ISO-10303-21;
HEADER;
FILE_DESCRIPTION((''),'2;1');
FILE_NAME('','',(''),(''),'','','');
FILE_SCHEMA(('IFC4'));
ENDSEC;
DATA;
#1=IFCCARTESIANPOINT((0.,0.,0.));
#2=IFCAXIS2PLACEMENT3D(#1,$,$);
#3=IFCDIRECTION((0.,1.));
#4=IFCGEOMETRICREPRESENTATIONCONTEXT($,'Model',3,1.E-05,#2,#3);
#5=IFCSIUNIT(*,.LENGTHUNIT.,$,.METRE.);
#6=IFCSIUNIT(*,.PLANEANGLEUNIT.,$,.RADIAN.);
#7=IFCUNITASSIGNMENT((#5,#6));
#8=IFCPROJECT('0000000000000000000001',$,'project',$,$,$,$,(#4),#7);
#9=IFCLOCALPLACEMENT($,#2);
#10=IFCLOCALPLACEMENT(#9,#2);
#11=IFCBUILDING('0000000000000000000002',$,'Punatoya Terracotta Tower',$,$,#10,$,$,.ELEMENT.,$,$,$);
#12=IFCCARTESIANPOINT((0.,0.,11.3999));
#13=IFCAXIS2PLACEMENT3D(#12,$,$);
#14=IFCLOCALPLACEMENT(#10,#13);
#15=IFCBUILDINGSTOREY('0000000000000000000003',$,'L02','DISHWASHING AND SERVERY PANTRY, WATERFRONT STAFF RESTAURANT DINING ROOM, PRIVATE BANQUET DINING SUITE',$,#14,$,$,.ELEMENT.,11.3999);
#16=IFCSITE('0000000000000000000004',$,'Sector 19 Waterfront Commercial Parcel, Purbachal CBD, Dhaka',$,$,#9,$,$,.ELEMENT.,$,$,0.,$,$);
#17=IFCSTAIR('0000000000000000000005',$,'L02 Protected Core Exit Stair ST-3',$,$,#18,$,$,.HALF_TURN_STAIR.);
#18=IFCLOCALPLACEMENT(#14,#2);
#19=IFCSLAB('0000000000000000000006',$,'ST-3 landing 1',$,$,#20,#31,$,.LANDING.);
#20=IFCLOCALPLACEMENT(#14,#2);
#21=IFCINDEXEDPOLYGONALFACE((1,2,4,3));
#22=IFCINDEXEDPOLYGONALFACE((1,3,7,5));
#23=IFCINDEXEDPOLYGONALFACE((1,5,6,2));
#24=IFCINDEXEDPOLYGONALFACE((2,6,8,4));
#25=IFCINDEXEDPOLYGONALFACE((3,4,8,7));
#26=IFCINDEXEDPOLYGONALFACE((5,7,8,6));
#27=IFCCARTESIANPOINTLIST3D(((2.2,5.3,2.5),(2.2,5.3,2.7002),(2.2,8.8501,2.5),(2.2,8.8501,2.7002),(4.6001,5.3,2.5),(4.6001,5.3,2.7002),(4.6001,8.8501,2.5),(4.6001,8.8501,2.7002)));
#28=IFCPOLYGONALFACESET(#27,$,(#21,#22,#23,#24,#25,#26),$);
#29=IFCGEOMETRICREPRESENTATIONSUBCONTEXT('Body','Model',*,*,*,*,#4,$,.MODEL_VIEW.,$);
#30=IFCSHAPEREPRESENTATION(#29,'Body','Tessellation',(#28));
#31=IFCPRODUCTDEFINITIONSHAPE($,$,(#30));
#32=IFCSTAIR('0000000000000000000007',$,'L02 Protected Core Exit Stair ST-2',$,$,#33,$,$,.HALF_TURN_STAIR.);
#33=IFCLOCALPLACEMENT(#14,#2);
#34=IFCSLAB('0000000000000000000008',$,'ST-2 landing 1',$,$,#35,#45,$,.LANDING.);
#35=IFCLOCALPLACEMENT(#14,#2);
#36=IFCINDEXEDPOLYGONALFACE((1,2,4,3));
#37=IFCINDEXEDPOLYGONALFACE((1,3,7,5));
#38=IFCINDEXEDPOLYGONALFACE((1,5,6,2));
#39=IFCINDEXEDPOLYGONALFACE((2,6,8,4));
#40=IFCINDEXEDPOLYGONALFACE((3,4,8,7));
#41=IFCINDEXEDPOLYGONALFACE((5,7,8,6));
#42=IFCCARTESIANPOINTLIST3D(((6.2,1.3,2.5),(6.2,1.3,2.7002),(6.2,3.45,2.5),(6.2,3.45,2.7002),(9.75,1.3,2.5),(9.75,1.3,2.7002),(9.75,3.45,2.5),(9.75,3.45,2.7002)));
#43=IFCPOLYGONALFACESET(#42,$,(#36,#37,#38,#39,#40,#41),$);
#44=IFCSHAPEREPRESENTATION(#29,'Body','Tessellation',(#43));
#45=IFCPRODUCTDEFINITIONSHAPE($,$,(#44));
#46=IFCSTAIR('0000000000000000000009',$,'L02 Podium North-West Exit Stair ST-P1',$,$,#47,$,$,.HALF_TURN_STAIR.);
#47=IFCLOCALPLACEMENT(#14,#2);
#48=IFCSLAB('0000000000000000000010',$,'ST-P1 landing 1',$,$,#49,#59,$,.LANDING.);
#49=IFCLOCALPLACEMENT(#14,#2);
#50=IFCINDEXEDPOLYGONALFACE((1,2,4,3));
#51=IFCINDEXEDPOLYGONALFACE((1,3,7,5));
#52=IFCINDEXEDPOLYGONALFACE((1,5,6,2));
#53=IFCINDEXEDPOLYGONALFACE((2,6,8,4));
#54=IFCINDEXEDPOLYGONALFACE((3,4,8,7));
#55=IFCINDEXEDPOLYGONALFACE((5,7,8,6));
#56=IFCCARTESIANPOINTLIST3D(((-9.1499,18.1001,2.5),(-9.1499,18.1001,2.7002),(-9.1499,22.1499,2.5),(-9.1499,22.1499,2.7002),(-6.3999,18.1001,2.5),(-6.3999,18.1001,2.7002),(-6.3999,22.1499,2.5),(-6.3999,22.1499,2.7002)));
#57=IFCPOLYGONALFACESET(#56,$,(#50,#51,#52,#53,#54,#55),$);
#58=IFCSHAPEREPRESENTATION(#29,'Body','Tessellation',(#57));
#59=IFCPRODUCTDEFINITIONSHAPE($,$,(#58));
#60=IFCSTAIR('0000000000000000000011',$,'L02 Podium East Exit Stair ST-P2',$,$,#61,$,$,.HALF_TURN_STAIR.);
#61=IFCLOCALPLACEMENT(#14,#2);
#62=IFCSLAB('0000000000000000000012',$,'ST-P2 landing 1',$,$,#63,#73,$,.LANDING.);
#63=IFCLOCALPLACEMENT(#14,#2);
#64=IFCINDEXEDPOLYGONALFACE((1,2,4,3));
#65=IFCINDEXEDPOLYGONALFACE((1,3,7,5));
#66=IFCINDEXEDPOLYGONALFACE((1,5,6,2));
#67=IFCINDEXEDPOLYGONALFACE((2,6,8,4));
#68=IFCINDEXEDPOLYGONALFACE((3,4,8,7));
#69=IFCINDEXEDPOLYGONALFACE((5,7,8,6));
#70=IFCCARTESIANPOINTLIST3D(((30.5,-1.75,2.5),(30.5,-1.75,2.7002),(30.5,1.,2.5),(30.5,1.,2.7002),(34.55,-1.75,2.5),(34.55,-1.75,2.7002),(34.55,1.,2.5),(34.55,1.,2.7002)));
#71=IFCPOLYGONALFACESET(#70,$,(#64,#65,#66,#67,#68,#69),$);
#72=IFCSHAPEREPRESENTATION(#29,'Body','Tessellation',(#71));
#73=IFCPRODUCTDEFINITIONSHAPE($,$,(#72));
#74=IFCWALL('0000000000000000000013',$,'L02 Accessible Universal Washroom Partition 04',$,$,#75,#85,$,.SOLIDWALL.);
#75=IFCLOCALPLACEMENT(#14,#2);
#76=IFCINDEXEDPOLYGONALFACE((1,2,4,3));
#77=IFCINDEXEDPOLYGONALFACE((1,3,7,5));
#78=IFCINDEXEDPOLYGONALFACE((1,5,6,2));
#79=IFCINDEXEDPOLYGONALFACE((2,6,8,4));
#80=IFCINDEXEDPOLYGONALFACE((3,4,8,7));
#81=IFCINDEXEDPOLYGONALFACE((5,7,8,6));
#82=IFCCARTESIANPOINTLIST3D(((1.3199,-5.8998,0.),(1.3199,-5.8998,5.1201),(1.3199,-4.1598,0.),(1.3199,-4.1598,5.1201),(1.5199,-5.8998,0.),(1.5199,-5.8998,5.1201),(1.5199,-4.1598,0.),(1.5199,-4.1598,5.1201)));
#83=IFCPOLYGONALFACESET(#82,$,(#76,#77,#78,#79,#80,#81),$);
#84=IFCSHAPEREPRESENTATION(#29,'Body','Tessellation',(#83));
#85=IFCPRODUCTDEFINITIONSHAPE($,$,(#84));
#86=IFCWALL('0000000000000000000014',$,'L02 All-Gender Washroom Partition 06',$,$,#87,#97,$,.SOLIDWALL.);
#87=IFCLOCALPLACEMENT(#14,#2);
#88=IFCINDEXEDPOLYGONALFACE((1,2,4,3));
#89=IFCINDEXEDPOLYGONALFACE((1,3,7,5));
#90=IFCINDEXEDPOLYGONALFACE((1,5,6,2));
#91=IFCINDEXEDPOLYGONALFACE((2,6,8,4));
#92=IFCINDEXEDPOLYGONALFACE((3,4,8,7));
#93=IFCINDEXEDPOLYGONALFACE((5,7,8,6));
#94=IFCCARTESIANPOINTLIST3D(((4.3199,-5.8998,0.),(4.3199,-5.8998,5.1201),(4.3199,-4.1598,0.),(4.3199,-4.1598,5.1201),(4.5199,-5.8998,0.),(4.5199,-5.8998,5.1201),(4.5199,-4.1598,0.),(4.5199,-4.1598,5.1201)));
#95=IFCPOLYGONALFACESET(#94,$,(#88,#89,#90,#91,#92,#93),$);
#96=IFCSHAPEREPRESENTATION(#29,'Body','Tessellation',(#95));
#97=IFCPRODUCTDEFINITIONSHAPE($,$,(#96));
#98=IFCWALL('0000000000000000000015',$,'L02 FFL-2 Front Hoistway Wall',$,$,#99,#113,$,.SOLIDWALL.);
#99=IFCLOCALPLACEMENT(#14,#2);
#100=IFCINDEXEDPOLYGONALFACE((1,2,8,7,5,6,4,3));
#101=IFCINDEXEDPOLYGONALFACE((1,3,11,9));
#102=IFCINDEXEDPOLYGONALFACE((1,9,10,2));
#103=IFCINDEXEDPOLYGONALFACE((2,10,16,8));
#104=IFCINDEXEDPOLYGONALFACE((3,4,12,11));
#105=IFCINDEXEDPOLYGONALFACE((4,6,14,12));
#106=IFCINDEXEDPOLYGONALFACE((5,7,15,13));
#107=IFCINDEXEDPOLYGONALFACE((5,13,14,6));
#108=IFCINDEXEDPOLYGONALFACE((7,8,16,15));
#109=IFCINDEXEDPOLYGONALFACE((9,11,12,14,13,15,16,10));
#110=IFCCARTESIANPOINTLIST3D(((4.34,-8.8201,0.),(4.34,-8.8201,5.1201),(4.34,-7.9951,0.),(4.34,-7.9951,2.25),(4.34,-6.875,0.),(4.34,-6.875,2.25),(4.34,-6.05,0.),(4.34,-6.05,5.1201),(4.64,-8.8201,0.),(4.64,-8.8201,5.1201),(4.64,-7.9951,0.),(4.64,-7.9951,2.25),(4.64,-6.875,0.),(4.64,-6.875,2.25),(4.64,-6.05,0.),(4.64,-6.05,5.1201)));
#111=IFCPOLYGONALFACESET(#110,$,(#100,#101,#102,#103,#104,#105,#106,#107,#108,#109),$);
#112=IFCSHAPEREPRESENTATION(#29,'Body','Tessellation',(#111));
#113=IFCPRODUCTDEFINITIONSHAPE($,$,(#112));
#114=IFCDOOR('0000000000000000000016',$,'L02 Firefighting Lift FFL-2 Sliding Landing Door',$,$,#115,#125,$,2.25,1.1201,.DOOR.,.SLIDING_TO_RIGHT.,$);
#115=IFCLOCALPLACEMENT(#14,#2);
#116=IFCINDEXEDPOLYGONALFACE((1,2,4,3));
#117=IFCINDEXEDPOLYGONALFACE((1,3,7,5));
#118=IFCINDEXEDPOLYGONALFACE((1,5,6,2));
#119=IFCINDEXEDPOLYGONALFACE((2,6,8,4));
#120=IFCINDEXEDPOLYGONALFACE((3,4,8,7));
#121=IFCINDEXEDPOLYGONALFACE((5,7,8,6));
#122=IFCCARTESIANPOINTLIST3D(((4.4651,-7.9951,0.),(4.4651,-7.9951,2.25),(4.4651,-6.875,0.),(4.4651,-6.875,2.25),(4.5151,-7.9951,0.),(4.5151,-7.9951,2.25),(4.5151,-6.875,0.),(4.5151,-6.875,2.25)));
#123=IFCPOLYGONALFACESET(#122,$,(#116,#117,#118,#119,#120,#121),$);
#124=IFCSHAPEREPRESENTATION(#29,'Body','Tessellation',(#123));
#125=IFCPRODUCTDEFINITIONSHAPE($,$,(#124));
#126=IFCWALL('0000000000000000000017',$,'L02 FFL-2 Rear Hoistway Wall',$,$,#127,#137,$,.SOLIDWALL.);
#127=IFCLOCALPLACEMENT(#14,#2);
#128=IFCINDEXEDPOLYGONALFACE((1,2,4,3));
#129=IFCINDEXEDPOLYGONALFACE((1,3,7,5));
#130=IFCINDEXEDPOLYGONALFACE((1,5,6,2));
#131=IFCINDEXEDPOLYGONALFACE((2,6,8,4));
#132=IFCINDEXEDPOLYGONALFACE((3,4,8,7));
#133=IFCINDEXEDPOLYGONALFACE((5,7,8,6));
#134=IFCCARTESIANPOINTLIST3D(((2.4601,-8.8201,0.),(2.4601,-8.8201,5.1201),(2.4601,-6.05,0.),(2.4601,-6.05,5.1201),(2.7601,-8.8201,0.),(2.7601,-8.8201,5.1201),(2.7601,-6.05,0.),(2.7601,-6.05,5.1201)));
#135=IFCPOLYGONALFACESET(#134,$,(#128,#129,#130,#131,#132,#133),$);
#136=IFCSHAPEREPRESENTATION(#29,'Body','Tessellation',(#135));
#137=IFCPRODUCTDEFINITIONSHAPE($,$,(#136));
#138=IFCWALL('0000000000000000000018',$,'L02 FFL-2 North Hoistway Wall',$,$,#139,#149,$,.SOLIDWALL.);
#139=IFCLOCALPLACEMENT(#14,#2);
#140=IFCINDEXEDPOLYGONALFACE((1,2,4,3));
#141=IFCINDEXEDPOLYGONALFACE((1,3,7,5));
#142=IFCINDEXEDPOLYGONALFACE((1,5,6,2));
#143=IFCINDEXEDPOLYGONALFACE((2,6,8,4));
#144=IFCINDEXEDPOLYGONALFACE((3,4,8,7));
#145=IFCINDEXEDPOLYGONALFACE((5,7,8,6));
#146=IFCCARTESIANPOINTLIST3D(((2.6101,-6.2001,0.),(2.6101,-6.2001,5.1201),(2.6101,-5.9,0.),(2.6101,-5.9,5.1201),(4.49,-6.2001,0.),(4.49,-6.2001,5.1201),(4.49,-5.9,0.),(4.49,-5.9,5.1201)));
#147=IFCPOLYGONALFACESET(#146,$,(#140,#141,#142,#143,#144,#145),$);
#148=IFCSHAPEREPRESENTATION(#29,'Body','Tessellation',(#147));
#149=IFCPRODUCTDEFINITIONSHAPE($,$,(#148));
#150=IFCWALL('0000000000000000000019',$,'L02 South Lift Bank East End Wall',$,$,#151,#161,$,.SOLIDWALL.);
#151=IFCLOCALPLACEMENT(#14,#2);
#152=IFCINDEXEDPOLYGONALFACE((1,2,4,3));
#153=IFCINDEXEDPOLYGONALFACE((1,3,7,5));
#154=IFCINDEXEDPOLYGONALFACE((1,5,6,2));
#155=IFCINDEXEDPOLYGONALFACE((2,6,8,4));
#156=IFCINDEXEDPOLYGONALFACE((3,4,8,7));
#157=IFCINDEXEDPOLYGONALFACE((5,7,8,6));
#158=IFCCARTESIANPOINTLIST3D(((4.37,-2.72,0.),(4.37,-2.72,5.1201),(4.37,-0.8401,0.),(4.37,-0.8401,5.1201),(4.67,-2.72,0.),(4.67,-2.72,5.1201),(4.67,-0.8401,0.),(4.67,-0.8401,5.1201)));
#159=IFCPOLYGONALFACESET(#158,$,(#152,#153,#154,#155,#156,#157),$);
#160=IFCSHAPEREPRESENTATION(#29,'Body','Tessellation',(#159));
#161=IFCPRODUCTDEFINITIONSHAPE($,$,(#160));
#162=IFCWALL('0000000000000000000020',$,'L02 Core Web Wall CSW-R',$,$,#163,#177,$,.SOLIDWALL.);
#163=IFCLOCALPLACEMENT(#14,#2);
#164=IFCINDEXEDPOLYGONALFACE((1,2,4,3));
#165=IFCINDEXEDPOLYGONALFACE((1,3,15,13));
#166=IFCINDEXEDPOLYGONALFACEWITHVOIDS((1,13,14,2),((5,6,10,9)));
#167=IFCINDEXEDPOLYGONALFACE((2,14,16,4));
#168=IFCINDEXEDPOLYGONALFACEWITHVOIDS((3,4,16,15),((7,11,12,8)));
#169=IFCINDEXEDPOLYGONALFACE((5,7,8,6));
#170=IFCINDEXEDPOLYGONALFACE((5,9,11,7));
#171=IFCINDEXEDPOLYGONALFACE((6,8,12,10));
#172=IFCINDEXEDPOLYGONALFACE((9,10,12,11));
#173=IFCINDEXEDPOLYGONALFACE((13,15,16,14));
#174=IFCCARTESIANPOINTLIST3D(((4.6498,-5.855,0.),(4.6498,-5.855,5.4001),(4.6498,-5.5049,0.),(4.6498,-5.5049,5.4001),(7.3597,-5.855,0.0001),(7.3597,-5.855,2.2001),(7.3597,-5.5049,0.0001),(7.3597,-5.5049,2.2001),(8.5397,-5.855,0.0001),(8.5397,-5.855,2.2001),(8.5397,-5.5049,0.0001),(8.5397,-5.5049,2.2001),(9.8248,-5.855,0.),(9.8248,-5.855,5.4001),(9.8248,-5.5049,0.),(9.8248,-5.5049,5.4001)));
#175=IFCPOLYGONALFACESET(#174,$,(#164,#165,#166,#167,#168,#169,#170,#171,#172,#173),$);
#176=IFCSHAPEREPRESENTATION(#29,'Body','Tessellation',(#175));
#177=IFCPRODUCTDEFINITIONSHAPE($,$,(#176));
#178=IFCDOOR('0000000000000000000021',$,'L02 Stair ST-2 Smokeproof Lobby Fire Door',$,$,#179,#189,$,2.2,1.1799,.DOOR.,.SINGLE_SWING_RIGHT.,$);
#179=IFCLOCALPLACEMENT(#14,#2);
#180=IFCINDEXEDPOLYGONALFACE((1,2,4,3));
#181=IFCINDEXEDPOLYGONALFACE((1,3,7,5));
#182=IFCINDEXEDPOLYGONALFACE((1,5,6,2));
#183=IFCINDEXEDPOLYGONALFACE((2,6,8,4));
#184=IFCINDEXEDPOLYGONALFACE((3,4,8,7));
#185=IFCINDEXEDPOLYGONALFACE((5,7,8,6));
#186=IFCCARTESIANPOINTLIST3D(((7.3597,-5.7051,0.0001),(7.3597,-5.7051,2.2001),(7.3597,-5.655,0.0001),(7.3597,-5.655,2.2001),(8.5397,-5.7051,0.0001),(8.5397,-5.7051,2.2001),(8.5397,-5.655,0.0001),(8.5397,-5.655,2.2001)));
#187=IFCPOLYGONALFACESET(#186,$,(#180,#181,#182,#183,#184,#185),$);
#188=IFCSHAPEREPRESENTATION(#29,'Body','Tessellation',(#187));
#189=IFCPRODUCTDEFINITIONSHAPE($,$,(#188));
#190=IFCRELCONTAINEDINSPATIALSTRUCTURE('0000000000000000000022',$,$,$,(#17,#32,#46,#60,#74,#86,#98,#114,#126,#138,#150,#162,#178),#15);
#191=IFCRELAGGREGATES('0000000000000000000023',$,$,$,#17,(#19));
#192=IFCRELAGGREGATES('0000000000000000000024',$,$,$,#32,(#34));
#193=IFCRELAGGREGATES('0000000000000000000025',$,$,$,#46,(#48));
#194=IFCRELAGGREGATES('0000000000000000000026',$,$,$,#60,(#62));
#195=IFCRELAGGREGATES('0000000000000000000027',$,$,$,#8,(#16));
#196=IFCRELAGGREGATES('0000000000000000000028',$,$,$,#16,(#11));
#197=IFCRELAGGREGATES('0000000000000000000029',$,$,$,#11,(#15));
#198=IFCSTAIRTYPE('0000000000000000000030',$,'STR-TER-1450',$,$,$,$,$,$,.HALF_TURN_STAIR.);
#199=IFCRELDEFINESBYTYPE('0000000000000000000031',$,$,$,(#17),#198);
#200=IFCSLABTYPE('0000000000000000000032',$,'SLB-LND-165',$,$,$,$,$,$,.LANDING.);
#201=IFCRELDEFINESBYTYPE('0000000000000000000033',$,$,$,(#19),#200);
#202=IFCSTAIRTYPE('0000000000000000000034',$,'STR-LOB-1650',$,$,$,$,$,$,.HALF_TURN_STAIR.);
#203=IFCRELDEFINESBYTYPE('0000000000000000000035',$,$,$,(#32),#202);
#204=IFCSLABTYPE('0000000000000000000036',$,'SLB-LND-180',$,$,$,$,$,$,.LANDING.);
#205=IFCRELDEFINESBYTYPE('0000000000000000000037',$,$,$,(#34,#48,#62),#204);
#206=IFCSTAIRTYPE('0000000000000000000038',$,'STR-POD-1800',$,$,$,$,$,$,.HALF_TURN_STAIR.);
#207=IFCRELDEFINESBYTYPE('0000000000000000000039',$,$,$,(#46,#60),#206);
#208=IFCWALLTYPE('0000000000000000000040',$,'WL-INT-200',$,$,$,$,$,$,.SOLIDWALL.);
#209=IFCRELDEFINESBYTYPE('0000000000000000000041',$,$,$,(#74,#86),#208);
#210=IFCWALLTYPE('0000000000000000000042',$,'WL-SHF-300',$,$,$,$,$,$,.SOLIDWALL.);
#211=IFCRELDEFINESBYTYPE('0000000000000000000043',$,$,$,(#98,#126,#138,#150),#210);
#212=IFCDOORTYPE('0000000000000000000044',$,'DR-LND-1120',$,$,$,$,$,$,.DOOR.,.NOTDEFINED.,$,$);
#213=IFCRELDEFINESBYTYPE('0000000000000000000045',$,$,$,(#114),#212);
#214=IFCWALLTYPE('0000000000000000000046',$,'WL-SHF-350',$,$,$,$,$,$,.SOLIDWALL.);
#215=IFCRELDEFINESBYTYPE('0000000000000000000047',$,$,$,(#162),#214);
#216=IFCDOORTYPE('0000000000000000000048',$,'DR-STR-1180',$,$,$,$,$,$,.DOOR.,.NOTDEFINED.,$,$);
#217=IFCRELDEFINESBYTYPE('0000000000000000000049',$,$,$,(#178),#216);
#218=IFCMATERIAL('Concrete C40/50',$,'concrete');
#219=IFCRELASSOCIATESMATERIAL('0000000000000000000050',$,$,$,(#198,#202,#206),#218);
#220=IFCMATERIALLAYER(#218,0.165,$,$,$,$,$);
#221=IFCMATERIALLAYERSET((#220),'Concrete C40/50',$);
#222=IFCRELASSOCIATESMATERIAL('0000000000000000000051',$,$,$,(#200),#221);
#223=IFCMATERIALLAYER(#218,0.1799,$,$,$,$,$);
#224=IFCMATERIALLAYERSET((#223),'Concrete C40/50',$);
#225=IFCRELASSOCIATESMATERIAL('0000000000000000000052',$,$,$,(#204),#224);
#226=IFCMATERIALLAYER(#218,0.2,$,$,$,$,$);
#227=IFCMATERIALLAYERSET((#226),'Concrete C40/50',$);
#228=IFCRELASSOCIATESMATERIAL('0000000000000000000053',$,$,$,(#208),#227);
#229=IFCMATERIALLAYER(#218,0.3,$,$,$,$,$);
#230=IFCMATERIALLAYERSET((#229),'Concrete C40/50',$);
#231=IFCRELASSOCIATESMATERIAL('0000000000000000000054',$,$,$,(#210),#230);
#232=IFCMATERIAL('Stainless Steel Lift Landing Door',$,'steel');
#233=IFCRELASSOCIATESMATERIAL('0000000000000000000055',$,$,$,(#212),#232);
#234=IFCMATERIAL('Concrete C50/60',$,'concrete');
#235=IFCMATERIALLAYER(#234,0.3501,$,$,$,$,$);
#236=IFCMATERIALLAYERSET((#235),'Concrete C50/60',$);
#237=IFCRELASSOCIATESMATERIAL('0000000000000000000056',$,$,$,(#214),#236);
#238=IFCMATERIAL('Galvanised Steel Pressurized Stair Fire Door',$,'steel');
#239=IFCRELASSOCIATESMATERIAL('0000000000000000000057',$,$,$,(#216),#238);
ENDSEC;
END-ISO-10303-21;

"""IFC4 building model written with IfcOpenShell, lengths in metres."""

from ifc_helpers import new_model, si_unit, direction, frame, frame_2d, origin, place, context, subcontext, project, spatial, polyline, rectangle, outline, extrude, material, layer, layer_set, type_object, element, fill, aggregate, save


model = new_model("IFC4")

# Units and contexts
model_context = context("Model", 3, precision=1e-05, world=origin(), true_north=direction((0.0, 1.0)))
body_context = subcontext(model_context, "Body", "Model", "MODEL_VIEW")
ifc_project = project(units=[si_unit("LENGTHUNIT", "METRE"), si_unit("PLANEANGLEUNIT", "RADIAN")], contexts=[model_context])

# Site, building, storey
site_placement = place(None, origin())
site = spatial("IfcSite", under=ifc_project, at=site_placement, Name="Sector 19 Waterfront Commercial Parcel, Purbachal CBD, Dhaka", CompositionType="ELEMENT", RefElevation=0.0)
building_placement = place(site_placement, origin())
building = spatial("IfcBuilding", under=site, at=building_placement, Name="Punatoya Terracotta Tower", CompositionType="ELEMENT")
storey_placement = place(building_placement, frame((0.0, 0.0, 11.3999)))
storey = spatial("IfcBuildingStorey", under=building, at=storey_placement, Name="L02", Description="DISHWASHING AND SERVERY PANTRY, WATERFRONT STAFF RESTAURANT DINING ROOM, PRIVATE BANQUET DINING SUITE", CompositionType="ELEMENT", Elevation=11.3999)

# Stairs, slabs
ifc_material_1 = material(Name="Concrete C40/50", Category="concrete")
stair_type_1 = type_object("IfcStairType", Name="STR-TER-1450", PredefinedType="HALF_TURN_STAIR", material=ifc_material_1)
stair_1_placement = place(storey_placement, origin())
stair_1 = element("IfcStair", 1, at=stair_1_placement, inside=storey, type_object=stair_type_1, Name="L02 Protected Core Exit Stair ST-3", PredefinedType="HALF_TURN_STAIR")
ifc_layer_1 = layer(ifc_material_1, 0.165)
ifc_layer_set_1 = layer_set([ifc_layer_1], Name="Concrete C40/50")
slab_type_1 = type_object("IfcSlabType", Name="SLB-LND-165", PredefinedType="LANDING", material=ifc_layer_set_1)
slab_1_placement = place(storey_placement, frame((0.0, 0.0, 2.5)))
slab_1 = element("IfcSlab", 2, at=slab_1_placement, type_object=slab_type_1, Name="ST-3 landing 1", PredefinedType="LANDING", context=body_context, shape_type="SweptSolid", body=[
    extrude(outline(polyline([(2.2, 5.3), (4.6001, 5.3), (4.6001, 8.8501), (2.2, 8.8501), (2.2, 5.3)])), origin(), (0.0, 0.0, 1.0), 0.2002),
])
aggregate(stair_1, [slab_1])
stair_type_2 = type_object("IfcStairType", Name="STR-LOB-1650", PredefinedType="HALF_TURN_STAIR", material=ifc_material_1)
stair_2_placement = place(storey_placement, origin())
stair_2 = element("IfcStair", 3, at=stair_2_placement, inside=storey, type_object=stair_type_2, Name="L02 Protected Core Exit Stair ST-2", PredefinedType="HALF_TURN_STAIR")
ifc_layer_2 = layer(ifc_material_1, 0.1799)
ifc_layer_set_2 = layer_set([ifc_layer_2], Name="Concrete C40/50")
slab_type_2 = type_object("IfcSlabType", Name="SLB-LND-180", PredefinedType="LANDING", material=ifc_layer_set_2)
slab_2_placement = place(storey_placement, frame((0.0, 0.0, 2.5)))
slab_2 = element("IfcSlab", 4, at=slab_2_placement, type_object=slab_type_2, Name="ST-2 landing 1", PredefinedType="LANDING", context=body_context, shape_type="SweptSolid", body=[
    extrude(outline(polyline([(9.75, 1.3), (9.75, 3.45), (6.2, 3.45), (6.2, 1.3), (9.75, 1.3)])), origin(), (0.0, 0.0, 1.0), 0.2002),
])
aggregate(stair_2, [slab_2])
stair_type_3 = type_object("IfcStairType", Name="STR-POD-1800", PredefinedType="HALF_TURN_STAIR", material=ifc_material_1)
stair_3_placement = place(storey_placement, origin())
stair_3 = element("IfcStair", 5, at=stair_3_placement, inside=storey, type_object=stair_type_3, Name="L02 Podium North-West Exit Stair ST-P1", PredefinedType="HALF_TURN_STAIR")
slab_3_placement = place(storey_placement, frame((0.0, 0.0, 2.5)))
slab_3 = element("IfcSlab", 6, at=slab_3_placement, type_object=slab_type_2, Name="ST-P1 landing 1", PredefinedType="LANDING", context=body_context, shape_type="SweptSolid", body=[
    extrude(outline(polyline([(-9.1499, 18.1001), (-6.3999, 18.1001), (-6.3999, 22.1499), (-9.1499, 22.1499), (-9.1499, 18.1001)])), origin(), (0.0, 0.0, 1.0), 0.2002),
])
aggregate(stair_3, [slab_3])
stair_4_placement = place(storey_placement, origin())
stair_4 = element("IfcStair", 7, at=stair_4_placement, inside=storey, type_object=stair_type_3, Name="L02 Podium East Exit Stair ST-P2", PredefinedType="HALF_TURN_STAIR")
slab_4_placement = place(storey_placement, frame((0.0, 0.0, 2.5)))
slab_4 = element("IfcSlab", 8, at=slab_4_placement, type_object=slab_type_2, Name="ST-P2 landing 1", PredefinedType="LANDING", context=body_context, shape_type="SweptSolid", body=[
    extrude(outline(polyline([(34.55, -1.75), (34.55, 1.0), (30.5, 1.0), (30.5, -1.75), (34.55, -1.75)])), origin(), (0.0, 0.0, 1.0), 0.2002),
])
aggregate(stair_4, [slab_4])

# Wall
ifc_layer_3 = layer(ifc_material_1, 0.2)
ifc_layer_set_3 = layer_set([ifc_layer_3], Name="Concrete C40/50")
wall_type_1 = type_object("IfcWallType", Name="WL-INT-200", PredefinedType="SOLIDWALL", material=ifc_layer_set_3)
wall_1_placement = place(storey_placement, frame((1.4199, -5.8999, 0.0), z_axis=(0.0, 0.0, 1.0), x_axis=(0.0, 1.0, 0.0)))
element("IfcWall", 9, at=wall_1_placement, inside=storey, type_object=wall_type_1, Name="L02 Accessible Universal Washroom Partition 04", PredefinedType="SOLIDWALL", context=body_context, shape_type="SweptSolid", body=[
    extrude(rectangle(XDim=1.74, YDim=0.2, at=frame_2d((0.8701, 0.0))), origin(), (0.0, 0.0, 1.0), 5.1201),
])

# Wall
wall_2_placement = place(storey_placement, frame((4.4199, -5.8999, 0.0), z_axis=(0.0, 0.0, 1.0), x_axis=(0.0, 1.0, 0.0)))
element("IfcWall", 10, at=wall_2_placement, inside=storey, type_object=wall_type_1, Name="L02 All-Gender Washroom Partition 06", PredefinedType="SOLIDWALL", context=body_context, shape_type="SweptSolid", body=[
    extrude(rectangle(XDim=1.74, YDim=0.2, at=frame_2d((0.8701, 0.0))), origin(), (0.0, 0.0, 1.0), 5.1201),
])

# Wall, opening, door
ifc_layer_4 = layer(ifc_material_1, 0.3)
ifc_layer_set_4 = layer_set([ifc_layer_4], Name="Concrete C40/50")
wall_type_2 = type_object("IfcWallType", Name="WL-SHF-300", PredefinedType="SOLIDWALL", material=ifc_layer_set_4)
wall_3_placement = place(storey_placement, frame((4.49, -8.8201, 0.0), z_axis=(0.0, 0.0, 1.0), x_axis=(0.0, 1.0, 0.0)))
wall_3 = element("IfcWall", 11, at=wall_3_placement, inside=storey, type_object=wall_type_2, Name="L02 FFL-2 Front Hoistway Wall", PredefinedType="SOLIDWALL", context=body_context, shape_type="SweptSolid", body=[
    extrude(rectangle(XDim=2.77, YDim=0.3, at=frame_2d((1.385, 0.0))), origin(), (0.0, 0.0, 1.0), 5.1201),
])
opening_1_placement = place(wall_3_placement, frame((0.825, 0.0, 0.0)))
opening_1 = element("IfcOpeningElement", 12, at=opening_1_placement, cuts=wall_3, PredefinedType="OPENING", context=body_context, shape_type="SweptSolid", body=[
    extrude(rectangle(XDim=1.1201, YDim=2.25, at=frame_2d((0.5601, 1.125))), frame((0.0, 0.1599, 0.0), z_axis=(0.0, -1.0, 0.0), x_axis=(1.0, 0.0, 0.0)), (0.0, 0.0, 1.0), 0.3201),
])
ifc_material_2 = material(Name="Stainless Steel Lift Landing Door", Category="steel")
door_type_1 = type_object("IfcDoorType", Name="DR-LND-1120", OperationType="NOTDEFINED", PredefinedType="DOOR", material=ifc_material_2)
door_1_placement = place(opening_1_placement, origin())
door_1 = element("IfcDoor", 13, at=door_1_placement, inside=storey, type_object=door_type_1, Name="L02 Firefighting Lift FFL-2 Sliding Landing Door", OperationType="SLIDING_TO_RIGHT", OverallHeight=2.25, OverallWidth=1.1201, PredefinedType="DOOR", context=body_context, shape_type="SweptSolid", body=[
    extrude(rectangle(XDim=1.1201, YDim=2.25, at=frame_2d((0.5601, 1.125))), frame((0.0, 0.0249, 0.0), z_axis=(0.0, -1.0, 0.0), x_axis=(1.0, 0.0, 0.0)), (0.0, 0.0, 1.0), 0.05),
])
fill(opening_1, door_1)

# Walls
wall_4_placement = place(storey_placement, frame((2.6101, -8.8201, 0.0), z_axis=(0.0, 0.0, 1.0), x_axis=(0.0, 1.0, 0.0)))
element("IfcWall", 14, at=wall_4_placement, inside=storey, type_object=wall_type_2, Name="L02 FFL-2 Rear Hoistway Wall", PredefinedType="SOLIDWALL", context=body_context, shape_type="SweptSolid", body=[
    extrude(rectangle(XDim=2.77, YDim=0.3, at=frame_2d((1.385, 0.0))), origin(), (0.0, 0.0, 1.0), 5.1201),
])
for number, where, z_axis, x_axis, name in (
    (15, (2.6101, -6.05, 0.0), (0.0, 0.0, 1.0), (1.0, 0.0, 0.0), "L02 FFL-2 North Hoistway Wall"),
    (16, (4.52, -2.72, 0.0), (0.0, 0.0, 1.0), (0.0, 1.0, 0.0), "L02 South Lift Bank East End Wall"),
):
    element("IfcWall", number, at=place(storey_placement, frame(where, z_axis=z_axis, x_axis=x_axis)), inside=storey, type_object=wall_type_2, Name=name, PredefinedType="SOLIDWALL", context=body_context, shape_type="SweptSolid", body=[
        extrude(rectangle(XDim=1.8799, YDim=0.3, at=frame_2d((0.9399, 0.0))), origin(), (0.0, 0.0, 1.0), 5.1201),
    ])

# Wall, opening, door
ifc_material_3 = material(Name="Concrete C50/60", Category="concrete")
ifc_layer_5 = layer(ifc_material_3, 0.3501)
ifc_layer_set_5 = layer_set([ifc_layer_5], Name="Concrete C50/60")
wall_type_3 = type_object("IfcWallType", Name="WL-SHF-350", PredefinedType="SOLIDWALL", material=ifc_layer_set_5)
wall_5_placement = place(storey_placement, frame((4.6499, -5.6799, 0.0), z_axis=(0.0, 0.0, 1.0), x_axis=(1.0, 0.0, 0.0)))
wall_5 = element("IfcWall", 17, at=wall_5_placement, inside=storey, type_object=wall_type_3, Name="L02 Core Web Wall CSW-R", PredefinedType="SOLIDWALL", context=body_context, shape_type="SweptSolid", body=[
    extrude(rectangle(XDim=5.175, YDim=0.3501, at=frame_2d((2.5874, 0.0))), origin(), (0.0, 0.0, 1.0), 5.4001),
])
opening_2_placement = place(wall_5_placement, frame((2.71, 0.0, 0.0)))
opening_2 = element("IfcOpeningElement", 18, at=opening_2_placement, cuts=wall_5, PredefinedType="OPENING", context=body_context, shape_type="SweptSolid", body=[
    extrude(rectangle(XDim=1.1799, YDim=2.2, at=frame_2d((0.5898, 1.1001))), frame((0.0, 0.1851, 0.0), z_axis=(0.0, -1.0, 0.0), x_axis=(1.0, 0.0, 0.0)), (0.0, 0.0, 1.0), 0.3701),
])
ifc_material_4 = material(Name="Galvanised Steel Pressurized Stair Fire Door", Category="steel")
door_type_2 = type_object("IfcDoorType", Name="DR-STR-1180", OperationType="NOTDEFINED", PredefinedType="DOOR", material=ifc_material_4)
door_2_placement = place(opening_2_placement, origin())
door_2 = element("IfcDoor", 19, at=door_2_placement, inside=storey, type_object=door_type_2, Name="L02 Stair ST-2 Smokeproof Lobby Fire Door", OperationType="SINGLE_SWING_RIGHT", OverallHeight=2.2, OverallWidth=1.1799, PredefinedType="DOOR", context=body_context, shape_type="SweptSolid", body=[
    extrude(rectangle(XDim=1.1799, YDim=2.2, at=frame_2d((0.5898, 1.1001))), frame((0.0, 0.0249, 0.0), z_axis=(0.0, -1.0, 0.0), x_axis=(1.0, 0.0, 0.0)), (0.0, 0.0, 1.0), 0.05),
])
fill(opening_2, door_2)

save(model, "model.ifc")
